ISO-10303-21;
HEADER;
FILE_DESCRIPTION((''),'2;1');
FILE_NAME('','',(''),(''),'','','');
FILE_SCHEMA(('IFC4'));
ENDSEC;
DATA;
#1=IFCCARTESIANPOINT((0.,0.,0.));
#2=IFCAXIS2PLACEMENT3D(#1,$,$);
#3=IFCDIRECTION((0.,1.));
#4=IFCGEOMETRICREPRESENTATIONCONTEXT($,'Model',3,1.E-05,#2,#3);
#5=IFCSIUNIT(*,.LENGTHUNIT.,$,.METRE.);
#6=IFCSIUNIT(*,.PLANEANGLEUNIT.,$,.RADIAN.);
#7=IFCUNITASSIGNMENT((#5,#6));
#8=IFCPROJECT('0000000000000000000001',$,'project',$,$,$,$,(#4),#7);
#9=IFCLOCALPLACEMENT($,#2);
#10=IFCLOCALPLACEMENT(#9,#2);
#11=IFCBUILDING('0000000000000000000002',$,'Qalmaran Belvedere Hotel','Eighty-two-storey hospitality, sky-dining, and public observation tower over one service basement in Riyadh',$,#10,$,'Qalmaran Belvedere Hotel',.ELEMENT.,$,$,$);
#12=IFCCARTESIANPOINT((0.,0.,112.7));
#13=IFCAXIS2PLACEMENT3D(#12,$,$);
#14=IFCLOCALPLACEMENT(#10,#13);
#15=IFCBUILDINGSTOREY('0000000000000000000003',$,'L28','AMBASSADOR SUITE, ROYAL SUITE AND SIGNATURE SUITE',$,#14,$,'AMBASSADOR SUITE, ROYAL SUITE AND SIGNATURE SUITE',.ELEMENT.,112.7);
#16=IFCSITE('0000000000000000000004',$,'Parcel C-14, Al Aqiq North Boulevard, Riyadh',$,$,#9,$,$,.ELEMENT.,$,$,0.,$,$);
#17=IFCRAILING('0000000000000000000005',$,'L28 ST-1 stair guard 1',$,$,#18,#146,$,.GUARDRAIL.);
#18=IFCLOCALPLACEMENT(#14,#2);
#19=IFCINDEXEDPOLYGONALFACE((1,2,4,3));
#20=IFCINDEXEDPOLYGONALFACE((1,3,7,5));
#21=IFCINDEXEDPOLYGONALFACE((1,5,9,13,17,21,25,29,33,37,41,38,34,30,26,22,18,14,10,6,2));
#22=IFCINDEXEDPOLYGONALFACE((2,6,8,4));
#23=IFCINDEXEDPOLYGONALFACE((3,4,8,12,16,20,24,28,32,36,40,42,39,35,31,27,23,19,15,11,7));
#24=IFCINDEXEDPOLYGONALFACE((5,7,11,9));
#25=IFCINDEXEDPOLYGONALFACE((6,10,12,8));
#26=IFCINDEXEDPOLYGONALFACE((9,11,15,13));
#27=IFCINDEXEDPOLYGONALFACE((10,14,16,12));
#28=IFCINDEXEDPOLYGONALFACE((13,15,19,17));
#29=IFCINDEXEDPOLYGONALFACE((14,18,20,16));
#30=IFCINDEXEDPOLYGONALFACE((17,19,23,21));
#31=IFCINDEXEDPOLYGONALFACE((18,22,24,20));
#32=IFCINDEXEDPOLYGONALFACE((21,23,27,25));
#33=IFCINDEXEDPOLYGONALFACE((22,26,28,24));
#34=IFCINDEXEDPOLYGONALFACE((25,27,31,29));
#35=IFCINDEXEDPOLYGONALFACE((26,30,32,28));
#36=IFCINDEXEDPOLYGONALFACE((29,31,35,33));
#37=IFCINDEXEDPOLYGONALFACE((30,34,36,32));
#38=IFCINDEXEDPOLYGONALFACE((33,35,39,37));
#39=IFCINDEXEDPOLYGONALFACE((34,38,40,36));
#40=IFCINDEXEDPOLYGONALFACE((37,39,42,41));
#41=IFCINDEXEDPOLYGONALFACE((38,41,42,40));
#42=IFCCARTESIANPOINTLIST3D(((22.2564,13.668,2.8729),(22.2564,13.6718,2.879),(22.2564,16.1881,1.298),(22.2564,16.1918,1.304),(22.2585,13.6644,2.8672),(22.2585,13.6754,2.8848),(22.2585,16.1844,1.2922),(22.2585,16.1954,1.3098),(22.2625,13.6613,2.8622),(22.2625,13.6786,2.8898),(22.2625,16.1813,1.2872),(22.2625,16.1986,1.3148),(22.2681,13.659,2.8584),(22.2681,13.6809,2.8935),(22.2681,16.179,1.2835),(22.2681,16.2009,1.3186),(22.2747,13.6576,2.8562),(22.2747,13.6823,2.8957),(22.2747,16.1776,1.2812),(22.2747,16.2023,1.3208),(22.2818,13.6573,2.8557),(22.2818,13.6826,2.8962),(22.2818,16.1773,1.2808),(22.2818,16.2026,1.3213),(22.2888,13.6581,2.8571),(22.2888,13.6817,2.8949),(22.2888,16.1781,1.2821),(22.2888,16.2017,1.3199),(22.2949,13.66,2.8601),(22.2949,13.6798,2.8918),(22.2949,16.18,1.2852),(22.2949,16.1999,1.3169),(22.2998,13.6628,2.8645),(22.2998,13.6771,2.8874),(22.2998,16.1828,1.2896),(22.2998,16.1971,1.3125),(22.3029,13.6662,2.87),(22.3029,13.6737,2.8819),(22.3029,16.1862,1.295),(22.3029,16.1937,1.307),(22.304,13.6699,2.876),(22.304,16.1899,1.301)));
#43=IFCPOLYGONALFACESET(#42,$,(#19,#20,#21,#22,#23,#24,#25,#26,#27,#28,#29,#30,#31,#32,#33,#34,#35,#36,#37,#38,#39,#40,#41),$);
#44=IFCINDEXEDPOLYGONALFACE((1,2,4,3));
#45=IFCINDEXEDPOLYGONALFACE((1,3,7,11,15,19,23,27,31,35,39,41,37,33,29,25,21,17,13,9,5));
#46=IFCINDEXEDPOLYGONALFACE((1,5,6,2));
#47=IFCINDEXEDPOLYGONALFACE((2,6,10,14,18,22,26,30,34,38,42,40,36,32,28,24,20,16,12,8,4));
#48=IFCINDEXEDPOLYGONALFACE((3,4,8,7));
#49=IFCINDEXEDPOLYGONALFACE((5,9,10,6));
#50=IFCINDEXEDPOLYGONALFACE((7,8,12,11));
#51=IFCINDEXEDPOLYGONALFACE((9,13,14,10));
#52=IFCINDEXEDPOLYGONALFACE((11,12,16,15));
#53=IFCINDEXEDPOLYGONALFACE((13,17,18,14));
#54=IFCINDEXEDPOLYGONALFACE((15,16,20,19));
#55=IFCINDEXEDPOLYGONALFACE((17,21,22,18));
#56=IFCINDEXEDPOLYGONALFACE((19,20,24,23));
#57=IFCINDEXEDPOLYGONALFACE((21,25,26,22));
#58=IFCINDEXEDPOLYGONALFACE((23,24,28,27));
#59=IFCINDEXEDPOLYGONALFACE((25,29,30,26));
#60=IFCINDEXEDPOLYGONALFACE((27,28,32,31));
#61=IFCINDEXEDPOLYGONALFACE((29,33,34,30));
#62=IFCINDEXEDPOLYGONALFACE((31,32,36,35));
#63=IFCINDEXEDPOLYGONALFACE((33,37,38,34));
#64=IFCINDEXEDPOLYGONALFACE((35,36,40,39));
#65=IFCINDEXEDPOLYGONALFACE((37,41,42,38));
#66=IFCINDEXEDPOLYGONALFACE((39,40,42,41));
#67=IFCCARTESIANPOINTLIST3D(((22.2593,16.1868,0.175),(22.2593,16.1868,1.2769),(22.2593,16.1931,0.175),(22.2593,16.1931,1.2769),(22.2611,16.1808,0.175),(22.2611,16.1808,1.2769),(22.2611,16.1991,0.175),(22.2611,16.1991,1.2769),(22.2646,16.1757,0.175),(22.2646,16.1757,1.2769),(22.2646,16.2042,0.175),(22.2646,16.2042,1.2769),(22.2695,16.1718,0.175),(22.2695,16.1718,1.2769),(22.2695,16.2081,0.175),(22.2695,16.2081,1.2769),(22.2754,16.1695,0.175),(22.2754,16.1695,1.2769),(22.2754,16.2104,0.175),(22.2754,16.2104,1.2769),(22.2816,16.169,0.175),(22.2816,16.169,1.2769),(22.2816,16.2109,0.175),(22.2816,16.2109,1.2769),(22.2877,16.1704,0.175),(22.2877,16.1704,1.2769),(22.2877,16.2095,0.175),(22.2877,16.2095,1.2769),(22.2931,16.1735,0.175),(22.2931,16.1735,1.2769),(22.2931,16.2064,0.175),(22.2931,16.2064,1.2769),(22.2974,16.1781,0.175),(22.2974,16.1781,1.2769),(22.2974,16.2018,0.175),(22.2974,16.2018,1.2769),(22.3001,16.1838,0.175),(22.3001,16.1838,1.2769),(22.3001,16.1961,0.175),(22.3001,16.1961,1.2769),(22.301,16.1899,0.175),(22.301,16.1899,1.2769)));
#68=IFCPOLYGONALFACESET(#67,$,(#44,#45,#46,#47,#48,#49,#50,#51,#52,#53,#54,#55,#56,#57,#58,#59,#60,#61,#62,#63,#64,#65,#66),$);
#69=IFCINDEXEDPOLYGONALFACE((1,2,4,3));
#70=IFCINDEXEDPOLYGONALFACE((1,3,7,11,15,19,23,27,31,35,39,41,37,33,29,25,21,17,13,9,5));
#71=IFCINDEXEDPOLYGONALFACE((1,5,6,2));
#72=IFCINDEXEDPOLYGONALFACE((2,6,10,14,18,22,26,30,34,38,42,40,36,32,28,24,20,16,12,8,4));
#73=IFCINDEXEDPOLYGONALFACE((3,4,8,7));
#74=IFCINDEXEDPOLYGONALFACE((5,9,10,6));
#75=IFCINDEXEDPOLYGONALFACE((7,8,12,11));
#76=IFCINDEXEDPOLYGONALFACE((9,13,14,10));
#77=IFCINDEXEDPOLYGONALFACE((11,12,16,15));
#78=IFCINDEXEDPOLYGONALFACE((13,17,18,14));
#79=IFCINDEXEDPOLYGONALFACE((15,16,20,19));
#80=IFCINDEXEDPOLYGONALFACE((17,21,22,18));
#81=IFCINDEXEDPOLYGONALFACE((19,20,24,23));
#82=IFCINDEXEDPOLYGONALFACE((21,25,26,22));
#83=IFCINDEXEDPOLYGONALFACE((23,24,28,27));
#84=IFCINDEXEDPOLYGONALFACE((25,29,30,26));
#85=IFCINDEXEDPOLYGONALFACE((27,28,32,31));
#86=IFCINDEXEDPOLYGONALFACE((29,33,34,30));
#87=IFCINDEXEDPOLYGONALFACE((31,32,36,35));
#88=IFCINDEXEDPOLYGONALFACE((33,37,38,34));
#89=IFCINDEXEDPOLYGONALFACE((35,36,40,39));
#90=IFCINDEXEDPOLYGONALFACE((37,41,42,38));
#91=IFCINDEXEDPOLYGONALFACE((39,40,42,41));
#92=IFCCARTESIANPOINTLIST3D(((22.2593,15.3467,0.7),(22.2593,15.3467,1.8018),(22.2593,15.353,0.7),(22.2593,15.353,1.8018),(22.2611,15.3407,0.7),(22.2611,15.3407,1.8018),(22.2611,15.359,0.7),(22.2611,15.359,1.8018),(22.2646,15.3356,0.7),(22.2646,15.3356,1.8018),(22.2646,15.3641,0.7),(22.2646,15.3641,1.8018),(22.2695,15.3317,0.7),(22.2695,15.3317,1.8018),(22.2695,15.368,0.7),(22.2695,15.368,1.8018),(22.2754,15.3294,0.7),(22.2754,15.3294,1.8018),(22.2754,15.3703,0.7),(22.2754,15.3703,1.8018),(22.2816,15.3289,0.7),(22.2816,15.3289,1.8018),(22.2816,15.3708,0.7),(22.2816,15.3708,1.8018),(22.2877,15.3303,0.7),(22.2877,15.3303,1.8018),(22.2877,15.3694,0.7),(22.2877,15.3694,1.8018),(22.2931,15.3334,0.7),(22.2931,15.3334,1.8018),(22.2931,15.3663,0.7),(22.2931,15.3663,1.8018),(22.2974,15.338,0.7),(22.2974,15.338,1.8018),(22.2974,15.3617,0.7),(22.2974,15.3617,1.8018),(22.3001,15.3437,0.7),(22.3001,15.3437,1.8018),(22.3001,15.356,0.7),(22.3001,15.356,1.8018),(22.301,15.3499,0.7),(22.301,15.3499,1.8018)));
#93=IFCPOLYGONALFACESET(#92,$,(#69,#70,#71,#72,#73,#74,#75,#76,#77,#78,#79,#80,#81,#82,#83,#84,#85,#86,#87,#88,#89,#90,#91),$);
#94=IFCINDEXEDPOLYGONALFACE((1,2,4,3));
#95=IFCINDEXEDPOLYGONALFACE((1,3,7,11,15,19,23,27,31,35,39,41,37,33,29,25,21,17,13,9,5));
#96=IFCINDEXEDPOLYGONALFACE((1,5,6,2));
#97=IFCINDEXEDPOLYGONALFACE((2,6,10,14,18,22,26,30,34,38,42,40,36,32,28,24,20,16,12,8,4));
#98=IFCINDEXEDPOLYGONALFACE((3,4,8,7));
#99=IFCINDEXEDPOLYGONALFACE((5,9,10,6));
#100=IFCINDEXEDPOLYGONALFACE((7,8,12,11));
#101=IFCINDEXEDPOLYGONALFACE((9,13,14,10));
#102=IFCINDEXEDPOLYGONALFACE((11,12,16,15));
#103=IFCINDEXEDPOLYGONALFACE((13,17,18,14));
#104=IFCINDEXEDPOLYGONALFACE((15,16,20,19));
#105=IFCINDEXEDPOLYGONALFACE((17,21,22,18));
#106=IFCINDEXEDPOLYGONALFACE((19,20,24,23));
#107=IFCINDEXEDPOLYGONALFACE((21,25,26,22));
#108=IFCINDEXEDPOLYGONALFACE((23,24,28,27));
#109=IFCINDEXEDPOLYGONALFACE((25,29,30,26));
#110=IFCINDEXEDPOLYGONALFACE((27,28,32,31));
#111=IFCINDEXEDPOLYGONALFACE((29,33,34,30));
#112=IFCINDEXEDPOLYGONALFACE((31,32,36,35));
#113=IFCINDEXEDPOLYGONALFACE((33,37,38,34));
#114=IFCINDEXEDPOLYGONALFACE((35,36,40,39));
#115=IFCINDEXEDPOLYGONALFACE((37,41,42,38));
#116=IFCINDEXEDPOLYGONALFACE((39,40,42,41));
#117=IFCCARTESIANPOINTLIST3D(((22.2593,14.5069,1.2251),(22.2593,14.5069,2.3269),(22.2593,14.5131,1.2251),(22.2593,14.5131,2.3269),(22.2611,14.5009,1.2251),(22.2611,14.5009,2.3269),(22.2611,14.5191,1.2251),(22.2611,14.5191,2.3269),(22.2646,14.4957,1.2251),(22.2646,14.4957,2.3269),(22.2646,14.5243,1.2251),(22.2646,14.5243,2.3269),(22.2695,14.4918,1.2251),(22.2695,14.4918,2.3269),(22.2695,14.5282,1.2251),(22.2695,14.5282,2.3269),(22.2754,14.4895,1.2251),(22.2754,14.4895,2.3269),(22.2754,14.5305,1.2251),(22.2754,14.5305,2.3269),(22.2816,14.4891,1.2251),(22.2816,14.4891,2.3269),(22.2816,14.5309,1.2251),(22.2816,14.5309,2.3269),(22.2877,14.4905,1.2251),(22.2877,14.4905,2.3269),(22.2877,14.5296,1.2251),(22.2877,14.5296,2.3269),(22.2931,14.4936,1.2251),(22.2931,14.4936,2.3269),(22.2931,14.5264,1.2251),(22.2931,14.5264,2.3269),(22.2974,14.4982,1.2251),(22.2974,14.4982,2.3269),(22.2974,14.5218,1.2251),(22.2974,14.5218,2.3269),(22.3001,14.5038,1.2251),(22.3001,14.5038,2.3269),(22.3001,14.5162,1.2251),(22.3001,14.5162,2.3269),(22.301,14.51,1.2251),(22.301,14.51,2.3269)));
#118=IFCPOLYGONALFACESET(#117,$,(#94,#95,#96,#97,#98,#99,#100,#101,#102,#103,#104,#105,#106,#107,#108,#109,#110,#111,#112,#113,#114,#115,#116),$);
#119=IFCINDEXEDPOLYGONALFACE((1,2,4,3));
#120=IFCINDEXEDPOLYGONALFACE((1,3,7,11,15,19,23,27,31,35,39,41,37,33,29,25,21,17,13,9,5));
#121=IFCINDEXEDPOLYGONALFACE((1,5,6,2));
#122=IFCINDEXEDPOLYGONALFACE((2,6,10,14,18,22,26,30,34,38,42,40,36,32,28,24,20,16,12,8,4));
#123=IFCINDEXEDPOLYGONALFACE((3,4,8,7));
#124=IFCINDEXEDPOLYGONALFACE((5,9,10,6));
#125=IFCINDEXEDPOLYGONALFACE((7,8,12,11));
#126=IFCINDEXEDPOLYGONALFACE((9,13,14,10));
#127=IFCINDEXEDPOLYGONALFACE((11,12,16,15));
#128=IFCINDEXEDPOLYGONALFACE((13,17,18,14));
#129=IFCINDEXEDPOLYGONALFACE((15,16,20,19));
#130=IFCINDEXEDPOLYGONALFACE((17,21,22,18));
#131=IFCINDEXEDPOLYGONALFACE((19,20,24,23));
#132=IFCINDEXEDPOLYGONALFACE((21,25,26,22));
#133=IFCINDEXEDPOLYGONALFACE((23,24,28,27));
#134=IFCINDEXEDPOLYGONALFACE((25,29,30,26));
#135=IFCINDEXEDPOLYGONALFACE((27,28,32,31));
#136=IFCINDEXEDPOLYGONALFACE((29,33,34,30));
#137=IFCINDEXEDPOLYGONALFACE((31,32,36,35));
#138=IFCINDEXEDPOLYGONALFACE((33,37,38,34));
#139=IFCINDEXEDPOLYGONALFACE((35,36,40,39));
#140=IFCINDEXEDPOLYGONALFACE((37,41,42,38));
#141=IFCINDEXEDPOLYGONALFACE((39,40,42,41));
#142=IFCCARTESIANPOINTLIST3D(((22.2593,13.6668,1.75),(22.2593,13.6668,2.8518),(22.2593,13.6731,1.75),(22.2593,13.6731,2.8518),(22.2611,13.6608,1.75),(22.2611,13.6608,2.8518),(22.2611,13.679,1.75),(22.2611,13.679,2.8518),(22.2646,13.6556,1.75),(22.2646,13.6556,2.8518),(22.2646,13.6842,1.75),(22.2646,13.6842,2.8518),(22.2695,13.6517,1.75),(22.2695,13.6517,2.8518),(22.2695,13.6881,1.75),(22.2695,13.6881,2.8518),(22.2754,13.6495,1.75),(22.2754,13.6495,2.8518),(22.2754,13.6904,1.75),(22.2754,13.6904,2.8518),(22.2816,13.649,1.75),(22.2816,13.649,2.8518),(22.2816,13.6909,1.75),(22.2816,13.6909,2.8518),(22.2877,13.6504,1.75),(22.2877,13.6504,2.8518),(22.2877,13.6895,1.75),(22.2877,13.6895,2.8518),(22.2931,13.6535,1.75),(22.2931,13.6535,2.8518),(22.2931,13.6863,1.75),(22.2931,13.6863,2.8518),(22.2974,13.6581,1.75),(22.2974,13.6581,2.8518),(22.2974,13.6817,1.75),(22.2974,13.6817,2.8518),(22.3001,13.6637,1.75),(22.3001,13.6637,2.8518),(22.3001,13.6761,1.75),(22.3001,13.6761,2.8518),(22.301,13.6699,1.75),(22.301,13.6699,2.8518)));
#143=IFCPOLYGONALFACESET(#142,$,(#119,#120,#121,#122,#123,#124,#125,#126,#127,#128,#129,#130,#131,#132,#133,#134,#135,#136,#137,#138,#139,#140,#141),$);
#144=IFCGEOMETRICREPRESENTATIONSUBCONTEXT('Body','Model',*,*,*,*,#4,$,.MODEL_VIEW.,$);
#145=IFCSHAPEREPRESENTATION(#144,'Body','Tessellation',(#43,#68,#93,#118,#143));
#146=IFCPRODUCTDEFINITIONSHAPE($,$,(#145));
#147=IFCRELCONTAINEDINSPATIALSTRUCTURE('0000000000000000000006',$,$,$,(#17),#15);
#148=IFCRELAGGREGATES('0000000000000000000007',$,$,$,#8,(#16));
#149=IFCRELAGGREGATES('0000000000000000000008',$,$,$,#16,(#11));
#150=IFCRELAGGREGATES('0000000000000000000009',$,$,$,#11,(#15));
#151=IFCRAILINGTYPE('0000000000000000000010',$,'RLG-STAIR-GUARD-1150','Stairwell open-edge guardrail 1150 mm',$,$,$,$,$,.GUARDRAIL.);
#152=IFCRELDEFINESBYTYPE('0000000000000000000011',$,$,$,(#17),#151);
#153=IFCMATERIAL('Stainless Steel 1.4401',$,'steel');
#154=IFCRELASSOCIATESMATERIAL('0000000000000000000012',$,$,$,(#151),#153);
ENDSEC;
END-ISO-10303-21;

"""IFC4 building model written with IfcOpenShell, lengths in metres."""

from ifc_helpers import new_model, si_unit, direction, frame, origin, origin_2d, place, context, subcontext, project, spatial, circle, extrude, material, type_object, element, save


model = new_model("IFC4")

# Units and contexts
model_context = context("Model", 3, precision=1e-05, world=origin(), true_north=direction((0.0, 1.0)))
body_context = subcontext(model_context, "Body", "Model", "MODEL_VIEW")
ifc_project = project(units=[si_unit("LENGTHUNIT", "METRE"), si_unit("PLANEANGLEUNIT", "RADIAN")], contexts=[model_context])

# Site, building, storey
site_placement = place(None, origin())
site = spatial("IfcSite", under=ifc_project, at=site_placement, Name="Parcel C-14, Al Aqiq North Boulevard, Riyadh", CompositionType="ELEMENT", RefElevation=0.0)
building_placement = place(site_placement, origin())
building = spatial("IfcBuilding", under=site, at=building_placement, Name="Qalmaran Belvedere Hotel", Description="Eighty-two-storey hospitality, sky-dining, and public observation tower over one service basement in Riyadh", LongName="Qalmaran Belvedere Hotel", CompositionType="ELEMENT")
storey_placement = place(building_placement, frame((0.0, 0.0, 112.7)))
storey = spatial("IfcBuildingStorey", under=building, at=storey_placement, Name="L28", Description="AMBASSADOR SUITE, ROYAL SUITE AND SIGNATURE SUITE", LongName="AMBASSADOR SUITE, ROYAL SUITE AND SIGNATURE SUITE", CompositionType="ELEMENT", Elevation=112.7)

# Shared definitions
ifc_material_1 = material(Name="Stainless Steel 1.4401", Category="steel")

# Railing
railing_type_1 = type_object("IfcRailingType", Name="RLG-STAIR-GUARD-1150", Description="Stairwell open-edge guardrail 1150 mm", PredefinedType="GUARDRAIL", material=ifc_material_1)
railing_1_placement = place(storey_placement, frame((22.28, 16.1899, 0.175)))
element("IfcRailing", 1, at=railing_1_placement, inside=storey, type_object=railing_type_1, Name="L28 ST-1 stair guard 1", PredefinedType="GUARDRAIL", context=body_context, shape_type="SweptSolid", body=[
    extrude(circle(Radius=0.0239, at=origin_2d()), frame((0.0, 0.0, 1.126), z_axis=(0.0, -0.848008, 0.529984), x_axis=(1.0, 0.0, 0.0)), (0.0, 0.0, 1.0), 2.9717),
    extrude(circle(Radius=0.021, at=origin_2d()), origin(), (0.0, 0.0, 1.0), 1.1018),
    extrude(circle(Radius=0.021, at=origin_2d()), frame((0.0, -0.8401, 0.5249)), (0.0, 0.0, 1.0), 1.1018),
    extrude(circle(Radius=0.021, at=origin_2d()), frame((0.0, -1.6799, 1.05)), (0.0, 0.0, 1.0), 1.1018),
    extrude(circle(Radius=0.021, at=origin_2d()), frame((0.0, -2.52, 1.575)), (0.0, 0.0, 1.0), 1.1018),
])

save(model, "model.ifc")
